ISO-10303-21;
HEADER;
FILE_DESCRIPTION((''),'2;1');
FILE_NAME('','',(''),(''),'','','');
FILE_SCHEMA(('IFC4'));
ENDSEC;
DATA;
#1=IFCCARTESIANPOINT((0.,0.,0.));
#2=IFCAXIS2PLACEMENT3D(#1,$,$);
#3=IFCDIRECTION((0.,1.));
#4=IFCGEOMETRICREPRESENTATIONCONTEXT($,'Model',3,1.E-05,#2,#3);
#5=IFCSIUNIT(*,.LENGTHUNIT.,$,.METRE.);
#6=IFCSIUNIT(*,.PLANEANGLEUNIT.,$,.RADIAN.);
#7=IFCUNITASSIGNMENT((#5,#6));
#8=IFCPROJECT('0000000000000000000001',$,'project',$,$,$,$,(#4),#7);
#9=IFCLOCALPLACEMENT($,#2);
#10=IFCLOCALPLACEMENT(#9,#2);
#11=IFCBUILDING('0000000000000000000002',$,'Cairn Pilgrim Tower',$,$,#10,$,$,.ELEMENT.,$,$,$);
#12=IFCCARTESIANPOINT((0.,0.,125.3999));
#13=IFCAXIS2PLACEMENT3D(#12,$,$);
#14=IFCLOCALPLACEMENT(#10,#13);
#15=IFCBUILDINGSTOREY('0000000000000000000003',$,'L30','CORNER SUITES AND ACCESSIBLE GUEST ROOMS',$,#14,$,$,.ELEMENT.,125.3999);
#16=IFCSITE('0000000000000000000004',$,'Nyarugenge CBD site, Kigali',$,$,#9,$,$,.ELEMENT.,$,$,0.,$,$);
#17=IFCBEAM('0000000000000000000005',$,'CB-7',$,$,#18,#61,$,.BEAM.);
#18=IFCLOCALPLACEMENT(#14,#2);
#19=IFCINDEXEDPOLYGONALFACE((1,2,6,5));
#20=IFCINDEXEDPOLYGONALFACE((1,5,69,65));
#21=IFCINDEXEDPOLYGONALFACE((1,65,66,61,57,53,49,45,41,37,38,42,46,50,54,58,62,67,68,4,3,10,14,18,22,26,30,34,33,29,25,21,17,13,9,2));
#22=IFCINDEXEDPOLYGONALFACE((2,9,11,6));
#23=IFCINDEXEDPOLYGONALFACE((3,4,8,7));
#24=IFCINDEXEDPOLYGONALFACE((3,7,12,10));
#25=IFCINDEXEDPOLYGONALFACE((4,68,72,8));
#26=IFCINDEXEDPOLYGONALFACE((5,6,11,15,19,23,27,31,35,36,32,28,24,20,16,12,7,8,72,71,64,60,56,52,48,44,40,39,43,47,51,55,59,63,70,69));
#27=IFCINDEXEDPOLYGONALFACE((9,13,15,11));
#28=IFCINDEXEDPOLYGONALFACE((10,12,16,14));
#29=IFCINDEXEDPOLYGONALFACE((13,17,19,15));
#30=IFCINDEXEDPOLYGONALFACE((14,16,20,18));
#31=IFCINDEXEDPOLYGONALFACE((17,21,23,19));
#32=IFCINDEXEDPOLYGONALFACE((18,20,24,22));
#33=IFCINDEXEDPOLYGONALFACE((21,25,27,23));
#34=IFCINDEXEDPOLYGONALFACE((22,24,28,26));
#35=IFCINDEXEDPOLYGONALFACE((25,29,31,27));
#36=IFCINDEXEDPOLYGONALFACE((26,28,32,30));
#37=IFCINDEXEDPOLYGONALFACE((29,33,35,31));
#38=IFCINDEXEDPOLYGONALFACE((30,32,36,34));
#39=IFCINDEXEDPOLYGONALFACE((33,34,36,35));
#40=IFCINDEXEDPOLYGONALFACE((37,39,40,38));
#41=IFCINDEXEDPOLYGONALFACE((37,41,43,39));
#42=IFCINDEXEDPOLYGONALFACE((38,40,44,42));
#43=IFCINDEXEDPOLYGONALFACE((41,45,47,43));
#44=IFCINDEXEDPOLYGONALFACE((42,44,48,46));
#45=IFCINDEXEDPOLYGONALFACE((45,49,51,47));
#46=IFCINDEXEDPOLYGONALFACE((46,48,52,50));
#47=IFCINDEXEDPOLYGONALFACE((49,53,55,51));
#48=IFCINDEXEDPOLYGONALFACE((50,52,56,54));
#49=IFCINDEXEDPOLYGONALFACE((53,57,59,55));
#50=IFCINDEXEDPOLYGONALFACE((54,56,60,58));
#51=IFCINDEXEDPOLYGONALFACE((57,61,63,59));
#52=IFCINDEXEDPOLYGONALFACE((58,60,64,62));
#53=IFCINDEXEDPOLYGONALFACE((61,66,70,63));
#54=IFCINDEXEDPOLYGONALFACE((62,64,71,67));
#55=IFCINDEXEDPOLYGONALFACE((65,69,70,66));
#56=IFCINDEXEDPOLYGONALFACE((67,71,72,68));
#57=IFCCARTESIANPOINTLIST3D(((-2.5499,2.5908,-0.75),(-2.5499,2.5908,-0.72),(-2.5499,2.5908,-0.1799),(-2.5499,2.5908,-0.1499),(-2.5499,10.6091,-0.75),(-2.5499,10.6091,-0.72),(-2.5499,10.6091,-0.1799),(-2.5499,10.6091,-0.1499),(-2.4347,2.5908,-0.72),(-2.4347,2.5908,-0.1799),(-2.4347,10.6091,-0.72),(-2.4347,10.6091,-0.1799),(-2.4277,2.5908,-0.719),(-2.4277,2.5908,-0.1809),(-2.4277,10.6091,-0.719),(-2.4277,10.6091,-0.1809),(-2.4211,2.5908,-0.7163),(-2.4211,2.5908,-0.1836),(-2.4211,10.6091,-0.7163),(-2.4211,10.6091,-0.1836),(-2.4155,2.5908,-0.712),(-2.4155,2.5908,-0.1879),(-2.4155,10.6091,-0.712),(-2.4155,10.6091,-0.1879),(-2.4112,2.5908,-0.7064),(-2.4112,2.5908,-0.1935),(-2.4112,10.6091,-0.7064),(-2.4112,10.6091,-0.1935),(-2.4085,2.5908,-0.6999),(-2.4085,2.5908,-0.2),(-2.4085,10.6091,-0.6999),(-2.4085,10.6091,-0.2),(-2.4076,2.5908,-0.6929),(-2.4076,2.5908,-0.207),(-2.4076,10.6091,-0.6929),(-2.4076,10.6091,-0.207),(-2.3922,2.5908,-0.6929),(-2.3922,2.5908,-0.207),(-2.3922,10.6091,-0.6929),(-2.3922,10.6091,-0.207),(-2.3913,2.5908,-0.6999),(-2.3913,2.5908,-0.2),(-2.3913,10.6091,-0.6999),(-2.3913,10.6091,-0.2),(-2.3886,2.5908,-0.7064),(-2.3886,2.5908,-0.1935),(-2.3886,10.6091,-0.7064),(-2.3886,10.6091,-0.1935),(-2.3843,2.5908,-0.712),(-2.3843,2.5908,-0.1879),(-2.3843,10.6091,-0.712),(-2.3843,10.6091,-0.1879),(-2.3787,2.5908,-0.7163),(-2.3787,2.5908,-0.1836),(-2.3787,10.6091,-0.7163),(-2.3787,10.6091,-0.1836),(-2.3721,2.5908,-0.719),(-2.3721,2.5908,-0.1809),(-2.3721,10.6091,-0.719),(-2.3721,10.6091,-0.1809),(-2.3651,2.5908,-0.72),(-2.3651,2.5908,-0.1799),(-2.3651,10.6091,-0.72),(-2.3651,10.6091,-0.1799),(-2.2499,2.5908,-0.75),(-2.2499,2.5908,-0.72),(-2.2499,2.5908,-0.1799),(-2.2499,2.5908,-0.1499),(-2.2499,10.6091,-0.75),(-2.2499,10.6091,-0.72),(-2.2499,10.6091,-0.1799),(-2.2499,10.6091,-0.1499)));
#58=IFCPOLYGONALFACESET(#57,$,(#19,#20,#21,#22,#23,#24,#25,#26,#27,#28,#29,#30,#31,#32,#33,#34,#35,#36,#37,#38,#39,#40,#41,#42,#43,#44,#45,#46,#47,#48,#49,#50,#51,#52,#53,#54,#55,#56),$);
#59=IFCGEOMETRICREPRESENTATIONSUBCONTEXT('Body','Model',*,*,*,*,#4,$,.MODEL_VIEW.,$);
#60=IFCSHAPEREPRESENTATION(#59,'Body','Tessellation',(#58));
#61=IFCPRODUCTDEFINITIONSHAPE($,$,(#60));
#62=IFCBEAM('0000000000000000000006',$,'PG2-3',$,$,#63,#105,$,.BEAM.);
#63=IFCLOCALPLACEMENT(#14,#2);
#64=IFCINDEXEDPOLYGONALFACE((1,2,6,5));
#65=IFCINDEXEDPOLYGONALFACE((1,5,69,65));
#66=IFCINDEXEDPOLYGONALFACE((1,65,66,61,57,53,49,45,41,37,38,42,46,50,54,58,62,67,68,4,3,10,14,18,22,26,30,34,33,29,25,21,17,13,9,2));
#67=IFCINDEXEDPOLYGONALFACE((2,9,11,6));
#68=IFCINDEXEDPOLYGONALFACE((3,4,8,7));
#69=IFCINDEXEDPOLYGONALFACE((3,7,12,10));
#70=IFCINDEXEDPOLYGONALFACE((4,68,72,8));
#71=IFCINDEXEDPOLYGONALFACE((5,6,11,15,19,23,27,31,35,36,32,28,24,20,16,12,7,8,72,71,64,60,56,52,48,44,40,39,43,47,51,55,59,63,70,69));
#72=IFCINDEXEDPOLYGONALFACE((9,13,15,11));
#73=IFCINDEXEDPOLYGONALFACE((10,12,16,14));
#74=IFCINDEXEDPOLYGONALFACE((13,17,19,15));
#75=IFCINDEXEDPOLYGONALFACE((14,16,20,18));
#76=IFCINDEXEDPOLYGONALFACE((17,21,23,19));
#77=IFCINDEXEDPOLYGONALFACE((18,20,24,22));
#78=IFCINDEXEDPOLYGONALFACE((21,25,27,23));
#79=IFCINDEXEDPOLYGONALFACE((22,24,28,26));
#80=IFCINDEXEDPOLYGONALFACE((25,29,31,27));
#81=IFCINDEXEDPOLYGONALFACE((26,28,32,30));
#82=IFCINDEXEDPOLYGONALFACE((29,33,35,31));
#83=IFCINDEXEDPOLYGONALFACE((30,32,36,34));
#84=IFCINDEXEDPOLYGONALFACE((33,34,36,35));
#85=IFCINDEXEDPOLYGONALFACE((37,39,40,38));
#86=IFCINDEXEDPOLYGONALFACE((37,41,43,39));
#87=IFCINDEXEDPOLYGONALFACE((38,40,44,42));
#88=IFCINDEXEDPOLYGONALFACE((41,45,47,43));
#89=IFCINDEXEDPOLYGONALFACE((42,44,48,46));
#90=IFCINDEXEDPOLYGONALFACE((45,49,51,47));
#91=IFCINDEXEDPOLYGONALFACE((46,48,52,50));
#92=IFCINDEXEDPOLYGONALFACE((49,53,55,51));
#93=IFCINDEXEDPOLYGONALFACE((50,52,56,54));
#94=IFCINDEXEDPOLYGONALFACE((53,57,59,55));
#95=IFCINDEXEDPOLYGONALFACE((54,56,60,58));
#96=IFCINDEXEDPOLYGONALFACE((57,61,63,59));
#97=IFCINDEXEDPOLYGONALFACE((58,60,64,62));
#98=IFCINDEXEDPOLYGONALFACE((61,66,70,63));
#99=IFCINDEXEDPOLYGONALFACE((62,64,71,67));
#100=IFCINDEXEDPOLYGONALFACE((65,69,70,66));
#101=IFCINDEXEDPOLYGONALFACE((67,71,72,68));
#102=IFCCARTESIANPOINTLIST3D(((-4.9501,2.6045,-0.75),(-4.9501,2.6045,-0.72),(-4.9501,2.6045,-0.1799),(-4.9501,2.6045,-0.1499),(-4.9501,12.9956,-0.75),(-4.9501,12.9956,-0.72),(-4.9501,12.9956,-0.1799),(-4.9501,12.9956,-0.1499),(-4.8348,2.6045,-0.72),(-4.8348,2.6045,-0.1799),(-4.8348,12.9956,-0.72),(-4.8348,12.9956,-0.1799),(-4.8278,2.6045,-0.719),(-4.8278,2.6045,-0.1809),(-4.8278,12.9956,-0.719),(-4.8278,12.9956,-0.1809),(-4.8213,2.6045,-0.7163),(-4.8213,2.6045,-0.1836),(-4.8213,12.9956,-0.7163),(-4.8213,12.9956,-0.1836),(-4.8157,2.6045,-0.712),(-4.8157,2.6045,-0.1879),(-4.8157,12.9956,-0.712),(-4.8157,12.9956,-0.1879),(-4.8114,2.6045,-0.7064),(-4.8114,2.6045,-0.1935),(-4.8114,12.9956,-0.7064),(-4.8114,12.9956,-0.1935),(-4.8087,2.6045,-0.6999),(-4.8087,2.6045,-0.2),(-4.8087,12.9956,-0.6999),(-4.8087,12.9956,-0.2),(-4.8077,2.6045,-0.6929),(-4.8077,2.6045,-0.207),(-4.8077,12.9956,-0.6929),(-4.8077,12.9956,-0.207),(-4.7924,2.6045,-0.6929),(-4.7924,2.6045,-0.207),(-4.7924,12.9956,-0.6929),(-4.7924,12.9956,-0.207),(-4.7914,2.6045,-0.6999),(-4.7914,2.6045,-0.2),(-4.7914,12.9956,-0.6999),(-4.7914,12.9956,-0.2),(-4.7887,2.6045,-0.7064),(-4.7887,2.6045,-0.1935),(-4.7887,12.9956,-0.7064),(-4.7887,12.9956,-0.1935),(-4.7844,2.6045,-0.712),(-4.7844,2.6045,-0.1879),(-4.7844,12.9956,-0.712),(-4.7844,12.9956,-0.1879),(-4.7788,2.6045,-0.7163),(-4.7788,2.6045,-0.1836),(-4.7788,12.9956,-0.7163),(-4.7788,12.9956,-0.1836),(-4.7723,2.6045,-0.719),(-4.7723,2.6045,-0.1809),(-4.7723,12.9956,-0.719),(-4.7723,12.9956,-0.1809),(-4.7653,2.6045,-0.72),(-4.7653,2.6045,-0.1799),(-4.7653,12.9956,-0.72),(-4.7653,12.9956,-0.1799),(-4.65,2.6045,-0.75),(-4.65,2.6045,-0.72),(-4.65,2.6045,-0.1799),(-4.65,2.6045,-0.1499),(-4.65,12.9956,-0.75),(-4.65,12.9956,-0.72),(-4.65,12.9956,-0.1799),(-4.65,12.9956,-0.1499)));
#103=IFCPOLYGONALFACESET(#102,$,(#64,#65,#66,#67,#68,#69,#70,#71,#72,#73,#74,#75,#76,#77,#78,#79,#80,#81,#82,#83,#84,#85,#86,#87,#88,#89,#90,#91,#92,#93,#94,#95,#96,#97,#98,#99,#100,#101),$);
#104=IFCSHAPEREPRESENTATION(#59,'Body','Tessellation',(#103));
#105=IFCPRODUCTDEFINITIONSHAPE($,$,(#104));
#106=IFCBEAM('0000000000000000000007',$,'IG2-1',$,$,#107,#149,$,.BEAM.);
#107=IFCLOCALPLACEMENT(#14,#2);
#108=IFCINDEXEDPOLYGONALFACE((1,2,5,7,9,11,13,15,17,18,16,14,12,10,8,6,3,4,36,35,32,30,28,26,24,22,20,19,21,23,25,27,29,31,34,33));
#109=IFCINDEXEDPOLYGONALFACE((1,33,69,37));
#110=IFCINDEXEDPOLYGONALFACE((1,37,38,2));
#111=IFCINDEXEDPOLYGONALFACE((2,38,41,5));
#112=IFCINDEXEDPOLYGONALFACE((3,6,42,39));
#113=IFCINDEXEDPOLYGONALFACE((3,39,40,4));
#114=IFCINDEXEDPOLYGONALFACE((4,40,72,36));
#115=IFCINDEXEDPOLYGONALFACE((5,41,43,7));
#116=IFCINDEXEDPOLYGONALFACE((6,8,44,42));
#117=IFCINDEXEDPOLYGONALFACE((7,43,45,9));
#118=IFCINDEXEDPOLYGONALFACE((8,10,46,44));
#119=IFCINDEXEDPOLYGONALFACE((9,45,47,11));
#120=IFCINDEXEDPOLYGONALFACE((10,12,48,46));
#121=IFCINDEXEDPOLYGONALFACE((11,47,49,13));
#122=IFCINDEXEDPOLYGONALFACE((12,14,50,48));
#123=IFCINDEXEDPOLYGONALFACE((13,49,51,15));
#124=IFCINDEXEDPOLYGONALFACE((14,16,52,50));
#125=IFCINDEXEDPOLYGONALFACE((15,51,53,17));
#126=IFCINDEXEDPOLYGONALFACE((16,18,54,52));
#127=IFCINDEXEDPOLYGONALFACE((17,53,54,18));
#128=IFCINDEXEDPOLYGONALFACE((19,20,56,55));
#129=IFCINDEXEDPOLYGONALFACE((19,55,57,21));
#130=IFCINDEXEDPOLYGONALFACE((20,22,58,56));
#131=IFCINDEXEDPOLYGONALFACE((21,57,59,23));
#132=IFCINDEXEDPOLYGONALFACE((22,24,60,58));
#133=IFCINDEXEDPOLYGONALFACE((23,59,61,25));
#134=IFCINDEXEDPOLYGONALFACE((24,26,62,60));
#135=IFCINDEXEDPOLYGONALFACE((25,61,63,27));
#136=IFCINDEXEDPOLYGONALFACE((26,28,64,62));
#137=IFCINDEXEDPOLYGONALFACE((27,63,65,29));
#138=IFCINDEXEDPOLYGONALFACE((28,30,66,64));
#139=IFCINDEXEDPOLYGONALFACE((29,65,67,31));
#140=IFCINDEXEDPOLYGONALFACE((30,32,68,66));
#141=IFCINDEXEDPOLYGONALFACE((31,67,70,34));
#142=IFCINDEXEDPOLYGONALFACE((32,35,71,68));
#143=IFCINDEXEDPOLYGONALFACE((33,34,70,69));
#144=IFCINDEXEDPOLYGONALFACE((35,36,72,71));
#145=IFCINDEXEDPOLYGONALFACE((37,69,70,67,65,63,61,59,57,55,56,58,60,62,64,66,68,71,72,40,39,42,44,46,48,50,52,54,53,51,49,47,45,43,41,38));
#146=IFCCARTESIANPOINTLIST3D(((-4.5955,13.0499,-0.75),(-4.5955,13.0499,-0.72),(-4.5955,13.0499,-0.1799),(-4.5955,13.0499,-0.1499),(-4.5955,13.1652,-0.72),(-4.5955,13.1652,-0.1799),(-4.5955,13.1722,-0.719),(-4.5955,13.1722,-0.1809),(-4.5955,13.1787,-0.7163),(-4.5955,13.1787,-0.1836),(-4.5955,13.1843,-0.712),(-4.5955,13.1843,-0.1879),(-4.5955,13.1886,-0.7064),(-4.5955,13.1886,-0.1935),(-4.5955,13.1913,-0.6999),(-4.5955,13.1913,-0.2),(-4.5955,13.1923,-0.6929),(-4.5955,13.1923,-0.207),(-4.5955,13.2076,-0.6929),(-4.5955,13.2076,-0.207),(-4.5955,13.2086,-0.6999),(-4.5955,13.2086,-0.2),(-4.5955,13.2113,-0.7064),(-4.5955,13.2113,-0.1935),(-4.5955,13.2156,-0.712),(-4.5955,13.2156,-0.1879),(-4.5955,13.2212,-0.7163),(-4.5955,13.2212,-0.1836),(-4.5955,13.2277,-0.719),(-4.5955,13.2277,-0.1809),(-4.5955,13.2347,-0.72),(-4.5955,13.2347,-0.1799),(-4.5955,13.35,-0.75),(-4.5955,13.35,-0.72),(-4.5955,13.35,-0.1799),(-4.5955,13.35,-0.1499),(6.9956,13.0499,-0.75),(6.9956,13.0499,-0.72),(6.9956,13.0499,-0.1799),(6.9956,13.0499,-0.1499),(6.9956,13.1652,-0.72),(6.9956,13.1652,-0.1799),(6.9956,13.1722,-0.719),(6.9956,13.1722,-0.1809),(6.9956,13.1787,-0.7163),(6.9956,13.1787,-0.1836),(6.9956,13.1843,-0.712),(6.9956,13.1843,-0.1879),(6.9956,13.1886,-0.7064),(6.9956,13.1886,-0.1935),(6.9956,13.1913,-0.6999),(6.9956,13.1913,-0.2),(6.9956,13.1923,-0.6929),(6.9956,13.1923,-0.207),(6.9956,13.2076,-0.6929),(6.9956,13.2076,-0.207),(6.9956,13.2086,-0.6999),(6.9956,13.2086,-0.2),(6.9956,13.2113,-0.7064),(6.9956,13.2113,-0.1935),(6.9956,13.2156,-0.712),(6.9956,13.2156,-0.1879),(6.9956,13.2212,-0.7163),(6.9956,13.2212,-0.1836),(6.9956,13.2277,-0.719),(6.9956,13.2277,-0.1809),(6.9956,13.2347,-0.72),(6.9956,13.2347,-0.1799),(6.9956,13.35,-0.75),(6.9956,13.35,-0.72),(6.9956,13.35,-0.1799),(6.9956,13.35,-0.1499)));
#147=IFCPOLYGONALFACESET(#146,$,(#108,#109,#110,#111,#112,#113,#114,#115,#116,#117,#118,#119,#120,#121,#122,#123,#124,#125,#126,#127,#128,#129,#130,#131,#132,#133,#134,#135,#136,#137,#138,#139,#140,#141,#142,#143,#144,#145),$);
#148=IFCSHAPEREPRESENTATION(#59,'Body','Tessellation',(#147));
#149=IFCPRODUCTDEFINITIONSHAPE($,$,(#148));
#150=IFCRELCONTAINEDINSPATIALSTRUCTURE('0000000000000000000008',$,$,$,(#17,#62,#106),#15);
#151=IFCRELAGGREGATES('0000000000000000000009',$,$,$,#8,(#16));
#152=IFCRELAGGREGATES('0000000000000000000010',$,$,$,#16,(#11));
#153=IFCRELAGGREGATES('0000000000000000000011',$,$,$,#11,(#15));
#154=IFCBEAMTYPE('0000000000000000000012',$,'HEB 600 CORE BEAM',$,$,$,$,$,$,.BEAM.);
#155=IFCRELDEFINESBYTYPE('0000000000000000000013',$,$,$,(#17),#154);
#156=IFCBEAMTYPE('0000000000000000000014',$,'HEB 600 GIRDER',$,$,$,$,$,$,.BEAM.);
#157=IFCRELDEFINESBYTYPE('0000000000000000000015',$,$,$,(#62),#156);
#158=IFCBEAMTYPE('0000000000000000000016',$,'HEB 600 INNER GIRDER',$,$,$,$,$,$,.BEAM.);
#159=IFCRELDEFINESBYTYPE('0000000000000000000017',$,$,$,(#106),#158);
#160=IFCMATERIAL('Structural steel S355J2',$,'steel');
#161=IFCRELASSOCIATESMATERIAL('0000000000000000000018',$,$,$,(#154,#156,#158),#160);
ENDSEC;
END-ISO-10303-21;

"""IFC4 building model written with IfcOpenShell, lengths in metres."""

from ifc_helpers import new_model, si_unit, direction, frame, origin, origin_2d, place, context, subcontext, project, spatial, i_section, extrude, material, material_profile, profile_set, type_object, element, save


model = new_model("IFC4")

# Units and contexts
model_context = context("Model", 3, precision=1e-05, world=origin(), true_north=direction((0.0, 1.0)))
body_context = subcontext(model_context, "Body", "Model", "MODEL_VIEW")
ifc_project = project(units=[si_unit("LENGTHUNIT", "METRE"), si_unit("PLANEANGLEUNIT", "RADIAN")], contexts=[model_context])

# Site, building, storey
site_placement = place(None, origin())
site = spatial("IfcSite", under=ifc_project, at=site_placement, Name="Nyarugenge CBD site, Kigali", CompositionType="ELEMENT", RefElevation=0.0)
building_placement = place(site_placement, origin())
building = spatial("IfcBuilding", under=site, at=building_placement, Name="Cairn Pilgrim Tower", CompositionType="ELEMENT")
storey_placement = place(building_placement, frame((0.0, 0.0, 125.3999)))
storey = spatial("IfcBuildingStorey", under=building, at=storey_placement, Name="L30", Description="CORNER SUITES AND ACCESSIBLE GUEST ROOMS", CompositionType="ELEMENT", Elevation=125.3999)

# Beams
ifc_material_1 = material(Name="Structural steel S355J2", Category="steel")
ifc_material_profile_1 = material_profile(ifc_material_1, i_section(OverallWidth=0.3, OverallDepth=0.6001, WebThickness=0.0154, FlangeThickness=0.03, FilletRadius=0.0271, at=origin_2d()), Name="HEB 600")
ifc_profile_set_1 = profile_set([ifc_material_profile_1], Name="Structural steel S355J2")
beam_type_1 = type_object("IfcBeamType", Name="HEB 600 CORE BEAM", PredefinedType="BEAM", material=ifc_profile_set_1)
beam_1_placement = place(storey_placement, frame((-2.3999, 10.6091, -0.45), z_axis=(0.0, -1.0, 0.0), x_axis=(1.0, 0.0, 0.0)))
element("IfcBeam", 1, at=beam_1_placement, inside=storey, type_object=beam_type_1, Name="CB-7", PredefinedType="BEAM", context=body_context, shape_type="SweptSolid", body=[
    extrude(i_section(OverallWidth=0.3, OverallDepth=0.6001, WebThickness=0.0154, FlangeThickness=0.03, FilletRadius=0.0271, at=origin_2d()), origin(), (0.0, 0.0, 1.0), 8.0183),
])
ifc_material_profile_2 = material_profile(ifc_material_1, i_section(OverallWidth=0.3, OverallDepth=0.6001, WebThickness=0.0154, FlangeThickness=0.03, FilletRadius=0.0271, at=origin_2d()), Name="HEB 600")
ifc_profile_set_2 = profile_set([ifc_material_profile_2], Name="Structural steel S355J2")
beam_type_2 = type_object("IfcBeamType", Name="HEB 600 GIRDER", PredefinedType="BEAM", material=ifc_profile_set_2)
beam_2_placement = place(storey_placement, frame((-4.8, 2.6045, -0.45), z_axis=(0.0, 1.0, 0.0), x_axis=(-1.0, 0.0, 0.0)))
element("IfcBeam", 2, at=beam_2_placement, inside=storey, type_object=beam_type_2, Name="PG2-3", PredefinedType="BEAM", context=body_context, shape_type="SweptSolid", body=[
    extrude(i_section(OverallWidth=0.3, OverallDepth=0.6001, WebThickness=0.0154, FlangeThickness=0.03, FilletRadius=0.0271, at=origin_2d()), origin(), (0.0, 0.0, 1.0), 10.3911),
])
ifc_material_profile_3 = material_profile(ifc_material_1, i_section(OverallWidth=0.3, OverallDepth=0.6001, WebThickness=0.0154, FlangeThickness=0.03, FilletRadius=0.0271, at=origin_2d()), Name="HEB 600")
ifc_profile_set_3 = profile_set([ifc_material_profile_3], Name="Structural steel S355J2")
beam_type_3 = type_object("IfcBeamType", Name="HEB 600 INNER GIRDER", PredefinedType="BEAM", material=ifc_profile_set_3)
beam_3_placement = place(storey_placement, frame((-4.5955, 13.2, -0.45), z_axis=(1.0, 0.0, 0.0), x_axis=(0.0, 1.0, 0.0)))
element("IfcBeam", 3, at=beam_3_placement, inside=storey, type_object=beam_type_3, Name="IG2-1", PredefinedType="BEAM", context=body_context, shape_type="SweptSolid", body=[
    extrude(i_section(OverallWidth=0.3, OverallDepth=0.6001, WebThickness=0.0154, FlangeThickness=0.03, FilletRadius=0.0271, at=origin_2d()), origin(), (0.0, 0.0, 1.0), 11.5911),
])

save(model, "model.ifc")
